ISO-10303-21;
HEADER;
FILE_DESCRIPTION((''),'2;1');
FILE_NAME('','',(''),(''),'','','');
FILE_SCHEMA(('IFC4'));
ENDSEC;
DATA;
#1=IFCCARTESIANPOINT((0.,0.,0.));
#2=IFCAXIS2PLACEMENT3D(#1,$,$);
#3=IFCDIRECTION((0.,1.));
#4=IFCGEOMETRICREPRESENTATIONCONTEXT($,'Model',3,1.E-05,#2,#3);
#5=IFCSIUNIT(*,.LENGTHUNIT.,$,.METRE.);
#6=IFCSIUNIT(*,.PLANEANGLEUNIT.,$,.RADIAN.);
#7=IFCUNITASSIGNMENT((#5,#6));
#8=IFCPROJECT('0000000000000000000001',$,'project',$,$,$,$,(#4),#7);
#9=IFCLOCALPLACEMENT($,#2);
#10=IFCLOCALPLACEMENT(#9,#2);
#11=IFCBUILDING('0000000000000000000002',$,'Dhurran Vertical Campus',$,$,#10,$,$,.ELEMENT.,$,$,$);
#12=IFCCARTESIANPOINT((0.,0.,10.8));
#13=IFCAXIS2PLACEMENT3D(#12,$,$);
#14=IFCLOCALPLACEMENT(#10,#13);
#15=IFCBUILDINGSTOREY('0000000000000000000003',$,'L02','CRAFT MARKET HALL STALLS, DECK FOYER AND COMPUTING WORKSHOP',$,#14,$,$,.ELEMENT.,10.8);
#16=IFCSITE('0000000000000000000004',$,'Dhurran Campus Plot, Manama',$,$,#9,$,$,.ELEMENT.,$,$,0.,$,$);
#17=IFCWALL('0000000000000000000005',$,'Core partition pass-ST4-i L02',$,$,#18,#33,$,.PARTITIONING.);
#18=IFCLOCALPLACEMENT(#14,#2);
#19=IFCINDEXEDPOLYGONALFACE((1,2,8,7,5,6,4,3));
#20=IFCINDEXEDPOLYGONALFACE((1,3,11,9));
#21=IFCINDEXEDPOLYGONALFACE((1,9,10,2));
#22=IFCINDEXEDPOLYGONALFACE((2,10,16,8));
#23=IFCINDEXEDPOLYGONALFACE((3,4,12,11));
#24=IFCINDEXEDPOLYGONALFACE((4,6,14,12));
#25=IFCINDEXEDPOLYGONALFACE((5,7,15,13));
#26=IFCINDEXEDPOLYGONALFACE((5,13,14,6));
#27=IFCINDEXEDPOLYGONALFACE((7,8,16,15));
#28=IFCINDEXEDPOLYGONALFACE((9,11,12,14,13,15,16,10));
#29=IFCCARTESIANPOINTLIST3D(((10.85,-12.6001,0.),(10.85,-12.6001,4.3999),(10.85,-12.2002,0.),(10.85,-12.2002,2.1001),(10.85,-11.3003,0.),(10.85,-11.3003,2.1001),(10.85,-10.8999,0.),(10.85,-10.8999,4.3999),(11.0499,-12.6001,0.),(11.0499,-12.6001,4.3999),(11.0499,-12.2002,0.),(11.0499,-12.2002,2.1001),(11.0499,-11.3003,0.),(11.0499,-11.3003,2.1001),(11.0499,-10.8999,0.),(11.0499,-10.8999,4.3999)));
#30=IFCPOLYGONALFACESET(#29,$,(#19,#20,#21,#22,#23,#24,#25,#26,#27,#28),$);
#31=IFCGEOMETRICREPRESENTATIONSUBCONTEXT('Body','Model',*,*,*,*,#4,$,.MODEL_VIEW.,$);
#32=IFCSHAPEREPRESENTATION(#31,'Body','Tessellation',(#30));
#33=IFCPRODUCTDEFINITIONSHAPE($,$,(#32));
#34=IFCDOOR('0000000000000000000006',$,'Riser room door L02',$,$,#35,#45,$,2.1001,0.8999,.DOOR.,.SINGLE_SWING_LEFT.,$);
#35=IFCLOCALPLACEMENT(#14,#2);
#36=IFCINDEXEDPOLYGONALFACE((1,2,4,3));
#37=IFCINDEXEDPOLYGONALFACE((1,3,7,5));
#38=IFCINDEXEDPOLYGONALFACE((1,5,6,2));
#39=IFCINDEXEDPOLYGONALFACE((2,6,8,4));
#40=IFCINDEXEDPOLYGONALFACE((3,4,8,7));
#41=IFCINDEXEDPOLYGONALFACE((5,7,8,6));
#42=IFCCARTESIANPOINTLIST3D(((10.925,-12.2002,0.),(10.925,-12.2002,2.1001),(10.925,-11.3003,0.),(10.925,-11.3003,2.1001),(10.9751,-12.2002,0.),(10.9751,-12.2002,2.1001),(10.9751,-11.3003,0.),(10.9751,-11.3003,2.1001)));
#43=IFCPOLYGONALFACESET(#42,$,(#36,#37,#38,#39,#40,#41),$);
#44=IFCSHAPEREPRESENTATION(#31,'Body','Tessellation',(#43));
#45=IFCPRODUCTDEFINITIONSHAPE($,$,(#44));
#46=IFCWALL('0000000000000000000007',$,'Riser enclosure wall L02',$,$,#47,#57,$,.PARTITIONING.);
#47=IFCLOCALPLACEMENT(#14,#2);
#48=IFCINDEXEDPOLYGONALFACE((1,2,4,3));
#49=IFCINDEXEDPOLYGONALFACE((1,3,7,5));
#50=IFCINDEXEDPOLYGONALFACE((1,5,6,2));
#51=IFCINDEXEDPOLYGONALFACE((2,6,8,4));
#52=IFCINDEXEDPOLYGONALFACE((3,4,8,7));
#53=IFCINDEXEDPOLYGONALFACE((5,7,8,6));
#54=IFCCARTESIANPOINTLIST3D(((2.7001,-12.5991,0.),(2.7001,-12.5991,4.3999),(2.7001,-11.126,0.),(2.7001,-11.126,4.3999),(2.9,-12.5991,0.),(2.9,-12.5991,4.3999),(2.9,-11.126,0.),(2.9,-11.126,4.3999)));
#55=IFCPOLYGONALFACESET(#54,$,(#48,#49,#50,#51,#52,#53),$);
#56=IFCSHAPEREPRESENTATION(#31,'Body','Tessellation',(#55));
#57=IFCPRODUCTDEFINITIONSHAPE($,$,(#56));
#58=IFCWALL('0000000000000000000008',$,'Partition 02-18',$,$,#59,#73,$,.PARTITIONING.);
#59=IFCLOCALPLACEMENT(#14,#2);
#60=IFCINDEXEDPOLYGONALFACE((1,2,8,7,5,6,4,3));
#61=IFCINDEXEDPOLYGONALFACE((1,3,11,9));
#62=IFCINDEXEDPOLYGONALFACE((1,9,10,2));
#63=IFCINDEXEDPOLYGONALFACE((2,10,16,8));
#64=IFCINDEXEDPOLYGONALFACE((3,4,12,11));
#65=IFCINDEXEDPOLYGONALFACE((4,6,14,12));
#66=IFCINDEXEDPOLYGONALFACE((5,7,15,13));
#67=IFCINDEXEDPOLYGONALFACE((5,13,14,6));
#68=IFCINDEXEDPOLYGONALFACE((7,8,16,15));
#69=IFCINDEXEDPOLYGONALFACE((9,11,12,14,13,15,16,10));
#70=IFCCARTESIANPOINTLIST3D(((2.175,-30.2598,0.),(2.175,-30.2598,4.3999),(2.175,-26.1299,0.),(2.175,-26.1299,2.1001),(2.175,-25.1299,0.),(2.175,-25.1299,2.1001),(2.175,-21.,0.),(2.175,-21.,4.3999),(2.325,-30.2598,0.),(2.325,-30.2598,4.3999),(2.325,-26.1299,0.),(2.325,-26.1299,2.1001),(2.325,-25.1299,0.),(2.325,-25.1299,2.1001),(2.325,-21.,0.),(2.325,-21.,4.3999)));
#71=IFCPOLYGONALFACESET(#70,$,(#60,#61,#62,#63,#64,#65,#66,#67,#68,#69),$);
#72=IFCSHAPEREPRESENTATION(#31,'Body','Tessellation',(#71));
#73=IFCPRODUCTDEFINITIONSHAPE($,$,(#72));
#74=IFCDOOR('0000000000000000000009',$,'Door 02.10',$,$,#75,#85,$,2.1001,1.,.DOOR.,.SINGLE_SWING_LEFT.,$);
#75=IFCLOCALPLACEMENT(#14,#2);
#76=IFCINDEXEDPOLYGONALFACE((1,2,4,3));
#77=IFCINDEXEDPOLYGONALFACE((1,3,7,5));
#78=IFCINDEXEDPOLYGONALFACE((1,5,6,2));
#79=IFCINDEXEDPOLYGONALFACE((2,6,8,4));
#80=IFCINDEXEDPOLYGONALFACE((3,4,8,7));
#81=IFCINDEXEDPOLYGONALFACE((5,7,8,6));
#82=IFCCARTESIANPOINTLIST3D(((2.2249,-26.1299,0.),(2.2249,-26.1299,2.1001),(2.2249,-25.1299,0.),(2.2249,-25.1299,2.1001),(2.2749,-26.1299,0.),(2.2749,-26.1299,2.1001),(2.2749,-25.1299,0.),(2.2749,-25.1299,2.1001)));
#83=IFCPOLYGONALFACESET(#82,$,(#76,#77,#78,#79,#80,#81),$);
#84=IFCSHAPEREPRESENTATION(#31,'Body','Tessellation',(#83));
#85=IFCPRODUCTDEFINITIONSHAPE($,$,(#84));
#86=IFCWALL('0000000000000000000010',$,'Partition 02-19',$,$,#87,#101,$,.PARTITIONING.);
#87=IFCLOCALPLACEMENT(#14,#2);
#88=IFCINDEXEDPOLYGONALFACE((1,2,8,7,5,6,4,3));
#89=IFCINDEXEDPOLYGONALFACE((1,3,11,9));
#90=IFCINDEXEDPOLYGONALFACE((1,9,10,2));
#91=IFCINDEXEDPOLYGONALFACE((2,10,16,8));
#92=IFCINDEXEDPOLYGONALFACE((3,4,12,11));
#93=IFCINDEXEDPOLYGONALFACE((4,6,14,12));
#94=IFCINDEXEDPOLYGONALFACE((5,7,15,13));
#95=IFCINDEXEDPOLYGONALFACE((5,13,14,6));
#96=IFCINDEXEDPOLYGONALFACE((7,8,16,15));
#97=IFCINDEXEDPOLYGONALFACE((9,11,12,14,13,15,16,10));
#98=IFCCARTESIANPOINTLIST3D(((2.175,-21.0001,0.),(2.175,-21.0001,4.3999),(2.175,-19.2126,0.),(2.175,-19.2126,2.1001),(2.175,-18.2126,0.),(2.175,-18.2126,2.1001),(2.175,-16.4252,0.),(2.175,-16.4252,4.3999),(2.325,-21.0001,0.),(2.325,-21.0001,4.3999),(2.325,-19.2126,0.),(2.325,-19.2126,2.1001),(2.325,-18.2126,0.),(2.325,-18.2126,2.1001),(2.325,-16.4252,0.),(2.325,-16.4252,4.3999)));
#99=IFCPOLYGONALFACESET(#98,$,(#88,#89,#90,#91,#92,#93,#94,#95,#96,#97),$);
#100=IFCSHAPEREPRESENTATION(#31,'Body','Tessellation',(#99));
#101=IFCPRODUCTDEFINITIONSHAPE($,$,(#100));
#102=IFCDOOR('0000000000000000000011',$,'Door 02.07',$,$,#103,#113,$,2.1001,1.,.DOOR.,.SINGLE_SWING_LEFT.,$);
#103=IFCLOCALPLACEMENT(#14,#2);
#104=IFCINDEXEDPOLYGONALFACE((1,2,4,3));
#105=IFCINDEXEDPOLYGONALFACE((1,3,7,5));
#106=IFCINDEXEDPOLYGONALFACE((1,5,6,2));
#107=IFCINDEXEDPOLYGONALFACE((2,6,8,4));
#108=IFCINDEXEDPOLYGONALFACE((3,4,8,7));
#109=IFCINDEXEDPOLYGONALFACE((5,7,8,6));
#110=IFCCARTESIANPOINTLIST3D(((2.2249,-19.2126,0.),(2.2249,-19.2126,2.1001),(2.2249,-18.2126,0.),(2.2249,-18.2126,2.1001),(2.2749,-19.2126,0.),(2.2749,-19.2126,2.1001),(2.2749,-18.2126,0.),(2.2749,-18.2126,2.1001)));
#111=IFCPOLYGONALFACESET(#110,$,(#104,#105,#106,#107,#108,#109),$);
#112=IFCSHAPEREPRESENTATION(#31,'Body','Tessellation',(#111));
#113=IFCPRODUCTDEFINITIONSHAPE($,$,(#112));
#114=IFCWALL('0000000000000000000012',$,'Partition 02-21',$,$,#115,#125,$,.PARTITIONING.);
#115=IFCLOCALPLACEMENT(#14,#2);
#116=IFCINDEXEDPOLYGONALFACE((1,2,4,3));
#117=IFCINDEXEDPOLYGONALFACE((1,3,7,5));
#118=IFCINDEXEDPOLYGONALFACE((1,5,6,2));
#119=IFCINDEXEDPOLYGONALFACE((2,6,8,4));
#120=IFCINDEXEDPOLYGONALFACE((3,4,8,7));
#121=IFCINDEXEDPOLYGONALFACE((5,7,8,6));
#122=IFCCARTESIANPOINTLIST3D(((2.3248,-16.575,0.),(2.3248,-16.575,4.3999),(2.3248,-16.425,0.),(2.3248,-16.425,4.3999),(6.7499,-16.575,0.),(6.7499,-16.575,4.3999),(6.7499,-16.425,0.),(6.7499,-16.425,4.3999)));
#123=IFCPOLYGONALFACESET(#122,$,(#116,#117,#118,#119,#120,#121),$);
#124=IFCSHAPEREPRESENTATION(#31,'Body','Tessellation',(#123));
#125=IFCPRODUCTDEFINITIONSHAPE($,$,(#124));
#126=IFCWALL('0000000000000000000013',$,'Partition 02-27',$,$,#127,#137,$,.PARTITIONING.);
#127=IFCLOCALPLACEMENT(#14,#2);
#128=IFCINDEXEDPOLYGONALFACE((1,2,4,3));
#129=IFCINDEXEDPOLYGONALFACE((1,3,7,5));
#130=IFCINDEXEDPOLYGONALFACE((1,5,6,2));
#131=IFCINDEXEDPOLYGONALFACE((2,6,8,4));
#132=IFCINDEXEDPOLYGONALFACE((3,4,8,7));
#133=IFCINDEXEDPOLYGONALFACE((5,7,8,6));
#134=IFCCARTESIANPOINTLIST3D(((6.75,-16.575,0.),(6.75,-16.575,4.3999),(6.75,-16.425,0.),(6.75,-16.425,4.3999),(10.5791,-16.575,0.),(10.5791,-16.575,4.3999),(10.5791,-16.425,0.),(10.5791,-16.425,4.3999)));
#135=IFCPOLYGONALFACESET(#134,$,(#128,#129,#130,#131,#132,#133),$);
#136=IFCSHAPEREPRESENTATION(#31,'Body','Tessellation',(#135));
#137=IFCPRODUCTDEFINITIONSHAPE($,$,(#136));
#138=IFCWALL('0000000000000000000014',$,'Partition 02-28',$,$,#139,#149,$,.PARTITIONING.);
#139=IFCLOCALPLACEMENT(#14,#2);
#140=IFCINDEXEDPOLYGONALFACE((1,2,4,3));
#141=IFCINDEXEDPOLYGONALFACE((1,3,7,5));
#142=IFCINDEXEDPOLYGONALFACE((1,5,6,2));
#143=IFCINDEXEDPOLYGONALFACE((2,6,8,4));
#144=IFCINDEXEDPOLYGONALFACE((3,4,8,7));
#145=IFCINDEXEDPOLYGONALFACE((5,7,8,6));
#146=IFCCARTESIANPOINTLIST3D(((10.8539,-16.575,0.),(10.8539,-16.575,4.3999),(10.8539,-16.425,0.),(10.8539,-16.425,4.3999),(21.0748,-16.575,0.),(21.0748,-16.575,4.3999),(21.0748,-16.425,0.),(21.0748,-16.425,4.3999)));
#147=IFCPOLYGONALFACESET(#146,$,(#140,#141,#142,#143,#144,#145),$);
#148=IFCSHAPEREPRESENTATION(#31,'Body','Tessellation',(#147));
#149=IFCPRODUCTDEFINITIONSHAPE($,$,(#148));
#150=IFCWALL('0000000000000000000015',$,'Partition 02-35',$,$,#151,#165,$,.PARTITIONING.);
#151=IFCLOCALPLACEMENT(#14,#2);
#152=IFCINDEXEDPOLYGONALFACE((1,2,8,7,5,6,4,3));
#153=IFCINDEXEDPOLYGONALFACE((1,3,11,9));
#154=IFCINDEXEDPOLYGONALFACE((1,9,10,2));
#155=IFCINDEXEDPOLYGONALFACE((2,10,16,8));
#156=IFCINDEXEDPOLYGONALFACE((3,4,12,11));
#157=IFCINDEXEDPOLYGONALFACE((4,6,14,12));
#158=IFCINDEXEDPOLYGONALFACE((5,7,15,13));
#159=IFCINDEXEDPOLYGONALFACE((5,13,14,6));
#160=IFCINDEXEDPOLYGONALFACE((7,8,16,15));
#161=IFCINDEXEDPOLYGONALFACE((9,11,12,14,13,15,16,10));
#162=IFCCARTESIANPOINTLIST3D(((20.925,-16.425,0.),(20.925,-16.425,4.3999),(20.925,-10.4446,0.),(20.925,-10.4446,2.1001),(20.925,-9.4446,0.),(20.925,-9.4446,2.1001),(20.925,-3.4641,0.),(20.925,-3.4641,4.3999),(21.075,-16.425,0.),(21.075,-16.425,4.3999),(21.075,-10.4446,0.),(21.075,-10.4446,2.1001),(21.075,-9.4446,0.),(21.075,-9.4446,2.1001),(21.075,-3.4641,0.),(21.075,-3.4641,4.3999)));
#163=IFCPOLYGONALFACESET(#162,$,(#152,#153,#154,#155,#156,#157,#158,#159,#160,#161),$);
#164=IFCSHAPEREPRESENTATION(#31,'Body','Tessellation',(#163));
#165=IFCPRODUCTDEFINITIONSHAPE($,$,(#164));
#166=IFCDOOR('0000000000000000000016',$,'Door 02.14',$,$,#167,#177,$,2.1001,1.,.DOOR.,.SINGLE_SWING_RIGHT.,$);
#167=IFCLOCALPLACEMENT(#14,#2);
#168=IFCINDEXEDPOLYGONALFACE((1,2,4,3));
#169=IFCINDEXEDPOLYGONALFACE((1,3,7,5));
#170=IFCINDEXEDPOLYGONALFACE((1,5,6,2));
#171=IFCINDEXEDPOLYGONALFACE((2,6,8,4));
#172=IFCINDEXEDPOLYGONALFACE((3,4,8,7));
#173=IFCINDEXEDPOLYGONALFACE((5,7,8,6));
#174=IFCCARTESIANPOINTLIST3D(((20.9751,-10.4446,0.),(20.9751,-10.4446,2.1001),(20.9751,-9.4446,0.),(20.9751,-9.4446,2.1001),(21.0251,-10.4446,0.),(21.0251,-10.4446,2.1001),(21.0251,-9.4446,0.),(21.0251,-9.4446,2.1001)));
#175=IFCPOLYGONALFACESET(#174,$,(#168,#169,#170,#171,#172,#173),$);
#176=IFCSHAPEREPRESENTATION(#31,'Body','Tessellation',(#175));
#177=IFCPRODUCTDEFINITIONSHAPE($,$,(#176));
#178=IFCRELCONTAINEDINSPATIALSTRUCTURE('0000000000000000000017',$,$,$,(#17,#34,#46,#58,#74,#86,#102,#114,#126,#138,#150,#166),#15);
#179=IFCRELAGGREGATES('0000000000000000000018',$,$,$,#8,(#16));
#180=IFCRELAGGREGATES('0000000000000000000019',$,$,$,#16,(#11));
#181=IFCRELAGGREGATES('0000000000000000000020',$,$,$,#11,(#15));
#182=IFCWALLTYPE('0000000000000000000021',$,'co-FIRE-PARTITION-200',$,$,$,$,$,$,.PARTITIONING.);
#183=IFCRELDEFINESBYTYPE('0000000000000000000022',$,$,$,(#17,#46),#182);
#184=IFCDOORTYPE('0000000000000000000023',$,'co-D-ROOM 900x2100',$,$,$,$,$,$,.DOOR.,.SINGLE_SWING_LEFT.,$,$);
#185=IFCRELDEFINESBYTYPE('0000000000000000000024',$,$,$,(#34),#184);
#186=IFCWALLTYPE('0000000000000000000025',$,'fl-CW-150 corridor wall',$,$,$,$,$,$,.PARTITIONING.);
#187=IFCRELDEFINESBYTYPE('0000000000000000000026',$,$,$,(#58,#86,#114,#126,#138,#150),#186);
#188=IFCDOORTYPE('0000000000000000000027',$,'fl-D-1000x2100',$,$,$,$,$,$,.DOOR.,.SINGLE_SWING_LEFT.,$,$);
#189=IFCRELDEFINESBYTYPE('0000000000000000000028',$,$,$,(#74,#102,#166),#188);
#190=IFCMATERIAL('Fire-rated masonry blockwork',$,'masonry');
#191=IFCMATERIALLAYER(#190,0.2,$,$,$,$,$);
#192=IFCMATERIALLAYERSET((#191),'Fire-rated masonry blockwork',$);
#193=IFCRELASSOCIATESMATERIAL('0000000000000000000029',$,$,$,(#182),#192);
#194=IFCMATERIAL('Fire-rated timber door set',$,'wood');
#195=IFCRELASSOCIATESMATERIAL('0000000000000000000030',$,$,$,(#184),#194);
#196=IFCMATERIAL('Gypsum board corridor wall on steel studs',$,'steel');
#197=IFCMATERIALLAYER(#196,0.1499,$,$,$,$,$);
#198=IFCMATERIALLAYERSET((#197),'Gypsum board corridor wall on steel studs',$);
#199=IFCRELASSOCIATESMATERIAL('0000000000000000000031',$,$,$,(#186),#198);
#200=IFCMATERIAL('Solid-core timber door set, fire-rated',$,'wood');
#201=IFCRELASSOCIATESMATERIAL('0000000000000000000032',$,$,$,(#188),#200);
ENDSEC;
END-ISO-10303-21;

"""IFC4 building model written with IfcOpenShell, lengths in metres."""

from ifc_helpers import new_model, si_unit, direction, frame, frame_2d, origin, place, context, subcontext, project, spatial, rectangle, extrude, material, layer, layer_set, type_object, element, fill, save


model = new_model("IFC4")

# Units and contexts
model_context = context("Model", 3, precision=1e-05, world=origin(), true_north=direction((0.0, 1.0)))
body_context = subcontext(model_context, "Body", "Model", "MODEL_VIEW")
ifc_project = project(units=[si_unit("LENGTHUNIT", "METRE"), si_unit("PLANEANGLEUNIT", "RADIAN")], contexts=[model_context])

# Site, building, storey
site_placement = place(None, origin())
site = spatial("IfcSite", under=ifc_project, at=site_placement, Name="Dhurran Campus Plot, Manama", CompositionType="ELEMENT", RefElevation=0.0)
building_placement = place(site_placement, origin())
building = spatial("IfcBuilding", under=site, at=building_placement, Name="Dhurran Vertical Campus", CompositionType="ELEMENT")
storey_placement = place(building_placement, frame((0.0, 0.0, 10.8)))
storey = spatial("IfcBuildingStorey", under=building, at=storey_placement, Name="L02", Description="CRAFT MARKET HALL STALLS, DECK FOYER AND COMPUTING WORKSHOP", CompositionType="ELEMENT", Elevation=10.8)

# Shared definitions
ifc_material_1 = material(Name="Fire-rated masonry blockwork", Category="masonry")
ifc_layer_1 = layer(ifc_material_1, 0.2)
ifc_layer_set_1 = layer_set([ifc_layer_1], Name="Fire-rated masonry blockwork")
wall_type_1 = type_object("IfcWallType", Name="co-FIRE-PARTITION-200", PredefinedType="PARTITIONING", material=ifc_layer_set_1)

# Shared definitions
ifc_material_2 = material(Name="Fire-rated timber door set", Category="wood")
door_type_1 = type_object("IfcDoorType", Name="co-D-ROOM 900x2100", OperationType="SINGLE_SWING_LEFT", PredefinedType="DOOR", material=ifc_material_2)

# Wall, opening, door
wall_1_placement = place(storey_placement, frame((10.95, -12.6001, 0.0), z_axis=(0.0, 0.0, 1.0), x_axis=(0.0, 1.0, 0.0)))
wall_1 = element("IfcWall", 1, at=wall_1_placement, inside=storey, type_object=wall_type_1, Name="Core partition pass-ST4-i L02", PredefinedType="PARTITIONING", context=body_context, shape_type="SweptSolid", body=[
    extrude(rectangle(XDim=1.7002, YDim=0.2, at=frame_2d((0.8501, 0.0))), origin(), (0.0, 0.0, 1.0), 4.3999),
])
opening_1_placement = place(wall_1_placement, frame((0.3999, 0.0, 0.0)))
opening_1 = element("IfcOpeningElement", 2, at=opening_1_placement, cuts=wall_1, PredefinedType="OPENING", context=body_context, shape_type="SweptSolid", body=[
    extrude(rectangle(XDim=0.8999, YDim=2.1001, at=frame_2d((0.45, 1.05))), frame((0.0, 0.1099, 0.0), z_axis=(0.0, -1.0, 0.0), x_axis=(1.0, 0.0, 0.0)), (0.0, 0.0, 1.0), 0.22),
])
door_1_placement = place(opening_1_placement, origin())
door_1 = element("IfcDoor", 3, at=door_1_placement, inside=storey, type_object=door_type_1, Name="Riser room door L02", OperationType="SINGLE_SWING_LEFT", OverallHeight=2.1001, OverallWidth=0.8999, PredefinedType="DOOR", context=body_context, shape_type="SweptSolid", body=[
    extrude(rectangle(XDim=0.8999, YDim=2.1001, at=frame_2d((0.45, 1.05))), frame((0.0, 0.0249, 0.0), z_axis=(0.0, -1.0, 0.0), x_axis=(1.0, 0.0, 0.0)), (0.0, 0.0, 1.0), 0.05),
])
fill(opening_1, door_1)

# Wall
wall_2_placement = place(storey_placement, frame((2.8, -11.126, 0.0), z_axis=(0.0, 0.0, 1.0), x_axis=(0.0, -1.0, 0.0)))
element("IfcWall", 4, at=wall_2_placement, inside=storey, type_object=wall_type_1, Name="Riser enclosure wall L02", PredefinedType="PARTITIONING", context=body_context, shape_type="SweptSolid", body=[
    extrude(rectangle(XDim=1.4731, YDim=0.2, at=frame_2d((0.7366, 0.0))), origin(), (0.0, 0.0, 1.0), 4.3999),
])

# Walls, openings, doors
ifc_material_3 = material(Name="Gypsum board corridor wall on steel studs", Category="steel")
ifc_layer_2 = layer(ifc_material_3, 0.1499)
ifc_layer_set_2 = layer_set([ifc_layer_2], Name="Gypsum board corridor wall on steel studs")
wall_type_2 = type_object("IfcWallType", Name="fl-CW-150 corridor wall", PredefinedType="PARTITIONING", material=ifc_layer_set_2)
wall_3_placement = place(storey_placement, frame((2.25, -21.0, 0.0), z_axis=(0.0, 0.0, 1.0), x_axis=(0.0, -1.0, 0.0)))
wall_3 = element("IfcWall", 5, at=wall_3_placement, inside=storey, type_object=wall_type_2, Name="Partition 02-18", PredefinedType="PARTITIONING", context=body_context, shape_type="SweptSolid", body=[
    extrude(rectangle(XDim=9.2598, YDim=0.1499, at=frame_2d((4.6299, 0.0))), origin(), (0.0, 0.0, 1.0), 4.3999),
])
opening_2_placement = place(wall_3_placement, frame((4.1299, 0.0, 0.0)))
opening_2 = element("IfcOpeningElement", 6, at=opening_2_placement, cuts=wall_3, PredefinedType="OPENING", context=body_context, shape_type="SweptSolid", body=[
    extrude(rectangle(XDim=1.0, YDim=2.1001, at=frame_2d((0.5, 1.05))), frame((0.0, 0.085, 0.0), z_axis=(0.0, -1.0, 0.0), x_axis=(1.0, 0.0, 0.0)), (0.0, 0.0, 1.0), 0.1699),
])
ifc_material_4 = material(Name="Solid-core timber door set, fire-rated", Category="wood")
door_type_2 = type_object("IfcDoorType", Name="fl-D-1000x2100", OperationType="SINGLE_SWING_LEFT", PredefinedType="DOOR", material=ifc_material_4)
door_2_placement = place(opening_2_placement, origin())
door_2 = element("IfcDoor", 7, at=door_2_placement, inside=storey, type_object=door_type_2, Name="Door 02.10", OperationType="SINGLE_SWING_LEFT", OverallHeight=2.1001, OverallWidth=1.0, PredefinedType="DOOR", context=body_context, shape_type="SweptSolid", body=[
    extrude(rectangle(XDim=1.0, YDim=2.1001, at=frame_2d((0.5, 1.05))), frame((0.0, 0.0249, 0.0), z_axis=(0.0, -1.0, 0.0), x_axis=(1.0, 0.0, 0.0)), (0.0, 0.0, 1.0), 0.05),
])
fill(opening_2, door_2)
wall_4_placement = place(storey_placement, frame((2.25, -16.425, 0.0), z_axis=(0.0, 0.0, 1.0), x_axis=(0.0, -1.0, 0.0)))
wall_4 = element("IfcWall", 8, at=wall_4_placement, inside=storey, type_object=wall_type_2, Name="Partition 02-19", PredefinedType="PARTITIONING", context=body_context, shape_type="SweptSolid", body=[
    extrude(rectangle(XDim=4.575, YDim=0.1499, at=frame_2d((2.2876, 0.0))), origin(), (0.0, 0.0, 1.0), 4.3999),
])
opening_3_placement = place(wall_4_placement, frame((1.7876, 0.0, 0.0)))
opening_3 = element("IfcOpeningElement", 9, at=opening_3_placement, cuts=wall_4, PredefinedType="OPENING", context=body_context, shape_type="SweptSolid", body=[
    extrude(rectangle(XDim=1.0, YDim=2.1001, at=frame_2d((0.5, 1.05))), frame((0.0, 0.085, 0.0), z_axis=(0.0, -1.0, 0.0), x_axis=(1.0, 0.0, 0.0)), (0.0, 0.0, 1.0), 0.1699),
])
door_3_placement = place(opening_3_placement, origin())
door_3 = element("IfcDoor", 10, at=door_3_placement, inside=storey, type_object=door_type_2, Name="Door 02.07", OperationType="SINGLE_SWING_LEFT", OverallHeight=2.1001, OverallWidth=1.0, PredefinedType="DOOR", context=body_context, shape_type="SweptSolid", body=[
    extrude(rectangle(XDim=1.0, YDim=2.1001, at=frame_2d((0.5, 1.05))), frame((0.0, 0.0249, 0.0), z_axis=(0.0, -1.0, 0.0), x_axis=(1.0, 0.0, 0.0)), (0.0, 0.0, 1.0), 0.05),
])
fill(opening_3, door_3)

# Walls
wall_5_placement = place(storey_placement, frame((2.325, -16.5, 0.0), z_axis=(0.0, 0.0, 1.0), x_axis=(1.0, 0.0, 0.0)))
element("IfcWall", 11, at=wall_5_placement, inside=storey, type_object=wall_type_2, Name="Partition 02-21", PredefinedType="PARTITIONING", context=body_context, shape_type="SweptSolid", body=[
    extrude(rectangle(XDim=4.425, YDim=0.1499, at=frame_2d((2.2124, 0.0))), origin(), (0.0, 0.0, 1.0), 4.3999),
])
wall_6_placement = place(storey_placement, frame((6.75, -16.5, 0.0), z_axis=(0.0, 0.0, 1.0), x_axis=(1.0, 0.0, 0.0)))
element("IfcWall", 12, at=wall_6_placement, inside=storey, type_object=wall_type_2, Name="Partition 02-27", PredefinedType="PARTITIONING", context=body_context, shape_type="SweptSolid", body=[
    extrude(rectangle(XDim=3.8291, YDim=0.1499, at=frame_2d((1.9146, 0.0))), origin(), (0.0, 0.0, 1.0), 4.3999),
])
wall_7_placement = place(storey_placement, frame((10.854, -16.5, 0.0), z_axis=(0.0, 0.0, 1.0), x_axis=(1.0, 0.0, 0.0)))
element("IfcWall", 13, at=wall_7_placement, inside=storey, type_object=wall_type_2, Name="Partition 02-28", PredefinedType="PARTITIONING", context=body_context, shape_type="SweptSolid", body=[
    extrude(rectangle(XDim=10.2209, YDim=0.1499, at=frame_2d((5.1104, 0.0))), origin(), (0.0, 0.0, 1.0), 4.3999),
])

# Wall, opening, door
wall_8_placement = place(storey_placement, frame((21.0, -16.425, 0.0), z_axis=(0.0, 0.0, 1.0), x_axis=(0.0, 1.0, 0.0)))
wall_8 = element("IfcWall", 14, at=wall_8_placement, inside=storey, type_object=wall_type_2, Name="Partition 02-35", PredefinedType="PARTITIONING", context=body_context, shape_type="SweptSolid", body=[
    extrude(rectangle(XDim=12.9609, YDim=0.1499, at=frame_2d((6.4805, 0.0))), origin(), (0.0, 0.0, 1.0), 4.3999),
])
opening_4_placement = place(wall_8_placement, frame((5.9805, 0.0, 0.0)))
opening_4 = element("IfcOpeningElement", 15, at=opening_4_placement, cuts=wall_8, PredefinedType="OPENING", context=body_context, shape_type="SweptSolid", body=[
    extrude(rectangle(XDim=1.0, YDim=2.1001, at=frame_2d((0.5, 1.05))), frame((0.0, 0.085, 0.0), z_axis=(0.0, -1.0, 0.0), x_axis=(1.0, 0.0, 0.0)), (0.0, 0.0, 1.0), 0.1699),
])
door_4_placement = place(opening_4_placement, origin())
door_4 = element("IfcDoor", 16, at=door_4_placement, inside=storey, type_object=door_type_2, Name="Door 02.14", OperationType="SINGLE_SWING_RIGHT", OverallHeight=2.1001, OverallWidth=1.0, PredefinedType="DOOR", context=body_context, shape_type="SweptSolid", body=[
    extrude(rectangle(XDim=1.0, YDim=2.1001, at=frame_2d((0.5, 1.05))), frame((0.0, 0.0249, 0.0), z_axis=(0.0, -1.0, 0.0), x_axis=(1.0, 0.0, 0.0)), (0.0, 0.0, 1.0), 0.05),
])
fill(opening_4, door_4)

save(model, "model.ifc")
